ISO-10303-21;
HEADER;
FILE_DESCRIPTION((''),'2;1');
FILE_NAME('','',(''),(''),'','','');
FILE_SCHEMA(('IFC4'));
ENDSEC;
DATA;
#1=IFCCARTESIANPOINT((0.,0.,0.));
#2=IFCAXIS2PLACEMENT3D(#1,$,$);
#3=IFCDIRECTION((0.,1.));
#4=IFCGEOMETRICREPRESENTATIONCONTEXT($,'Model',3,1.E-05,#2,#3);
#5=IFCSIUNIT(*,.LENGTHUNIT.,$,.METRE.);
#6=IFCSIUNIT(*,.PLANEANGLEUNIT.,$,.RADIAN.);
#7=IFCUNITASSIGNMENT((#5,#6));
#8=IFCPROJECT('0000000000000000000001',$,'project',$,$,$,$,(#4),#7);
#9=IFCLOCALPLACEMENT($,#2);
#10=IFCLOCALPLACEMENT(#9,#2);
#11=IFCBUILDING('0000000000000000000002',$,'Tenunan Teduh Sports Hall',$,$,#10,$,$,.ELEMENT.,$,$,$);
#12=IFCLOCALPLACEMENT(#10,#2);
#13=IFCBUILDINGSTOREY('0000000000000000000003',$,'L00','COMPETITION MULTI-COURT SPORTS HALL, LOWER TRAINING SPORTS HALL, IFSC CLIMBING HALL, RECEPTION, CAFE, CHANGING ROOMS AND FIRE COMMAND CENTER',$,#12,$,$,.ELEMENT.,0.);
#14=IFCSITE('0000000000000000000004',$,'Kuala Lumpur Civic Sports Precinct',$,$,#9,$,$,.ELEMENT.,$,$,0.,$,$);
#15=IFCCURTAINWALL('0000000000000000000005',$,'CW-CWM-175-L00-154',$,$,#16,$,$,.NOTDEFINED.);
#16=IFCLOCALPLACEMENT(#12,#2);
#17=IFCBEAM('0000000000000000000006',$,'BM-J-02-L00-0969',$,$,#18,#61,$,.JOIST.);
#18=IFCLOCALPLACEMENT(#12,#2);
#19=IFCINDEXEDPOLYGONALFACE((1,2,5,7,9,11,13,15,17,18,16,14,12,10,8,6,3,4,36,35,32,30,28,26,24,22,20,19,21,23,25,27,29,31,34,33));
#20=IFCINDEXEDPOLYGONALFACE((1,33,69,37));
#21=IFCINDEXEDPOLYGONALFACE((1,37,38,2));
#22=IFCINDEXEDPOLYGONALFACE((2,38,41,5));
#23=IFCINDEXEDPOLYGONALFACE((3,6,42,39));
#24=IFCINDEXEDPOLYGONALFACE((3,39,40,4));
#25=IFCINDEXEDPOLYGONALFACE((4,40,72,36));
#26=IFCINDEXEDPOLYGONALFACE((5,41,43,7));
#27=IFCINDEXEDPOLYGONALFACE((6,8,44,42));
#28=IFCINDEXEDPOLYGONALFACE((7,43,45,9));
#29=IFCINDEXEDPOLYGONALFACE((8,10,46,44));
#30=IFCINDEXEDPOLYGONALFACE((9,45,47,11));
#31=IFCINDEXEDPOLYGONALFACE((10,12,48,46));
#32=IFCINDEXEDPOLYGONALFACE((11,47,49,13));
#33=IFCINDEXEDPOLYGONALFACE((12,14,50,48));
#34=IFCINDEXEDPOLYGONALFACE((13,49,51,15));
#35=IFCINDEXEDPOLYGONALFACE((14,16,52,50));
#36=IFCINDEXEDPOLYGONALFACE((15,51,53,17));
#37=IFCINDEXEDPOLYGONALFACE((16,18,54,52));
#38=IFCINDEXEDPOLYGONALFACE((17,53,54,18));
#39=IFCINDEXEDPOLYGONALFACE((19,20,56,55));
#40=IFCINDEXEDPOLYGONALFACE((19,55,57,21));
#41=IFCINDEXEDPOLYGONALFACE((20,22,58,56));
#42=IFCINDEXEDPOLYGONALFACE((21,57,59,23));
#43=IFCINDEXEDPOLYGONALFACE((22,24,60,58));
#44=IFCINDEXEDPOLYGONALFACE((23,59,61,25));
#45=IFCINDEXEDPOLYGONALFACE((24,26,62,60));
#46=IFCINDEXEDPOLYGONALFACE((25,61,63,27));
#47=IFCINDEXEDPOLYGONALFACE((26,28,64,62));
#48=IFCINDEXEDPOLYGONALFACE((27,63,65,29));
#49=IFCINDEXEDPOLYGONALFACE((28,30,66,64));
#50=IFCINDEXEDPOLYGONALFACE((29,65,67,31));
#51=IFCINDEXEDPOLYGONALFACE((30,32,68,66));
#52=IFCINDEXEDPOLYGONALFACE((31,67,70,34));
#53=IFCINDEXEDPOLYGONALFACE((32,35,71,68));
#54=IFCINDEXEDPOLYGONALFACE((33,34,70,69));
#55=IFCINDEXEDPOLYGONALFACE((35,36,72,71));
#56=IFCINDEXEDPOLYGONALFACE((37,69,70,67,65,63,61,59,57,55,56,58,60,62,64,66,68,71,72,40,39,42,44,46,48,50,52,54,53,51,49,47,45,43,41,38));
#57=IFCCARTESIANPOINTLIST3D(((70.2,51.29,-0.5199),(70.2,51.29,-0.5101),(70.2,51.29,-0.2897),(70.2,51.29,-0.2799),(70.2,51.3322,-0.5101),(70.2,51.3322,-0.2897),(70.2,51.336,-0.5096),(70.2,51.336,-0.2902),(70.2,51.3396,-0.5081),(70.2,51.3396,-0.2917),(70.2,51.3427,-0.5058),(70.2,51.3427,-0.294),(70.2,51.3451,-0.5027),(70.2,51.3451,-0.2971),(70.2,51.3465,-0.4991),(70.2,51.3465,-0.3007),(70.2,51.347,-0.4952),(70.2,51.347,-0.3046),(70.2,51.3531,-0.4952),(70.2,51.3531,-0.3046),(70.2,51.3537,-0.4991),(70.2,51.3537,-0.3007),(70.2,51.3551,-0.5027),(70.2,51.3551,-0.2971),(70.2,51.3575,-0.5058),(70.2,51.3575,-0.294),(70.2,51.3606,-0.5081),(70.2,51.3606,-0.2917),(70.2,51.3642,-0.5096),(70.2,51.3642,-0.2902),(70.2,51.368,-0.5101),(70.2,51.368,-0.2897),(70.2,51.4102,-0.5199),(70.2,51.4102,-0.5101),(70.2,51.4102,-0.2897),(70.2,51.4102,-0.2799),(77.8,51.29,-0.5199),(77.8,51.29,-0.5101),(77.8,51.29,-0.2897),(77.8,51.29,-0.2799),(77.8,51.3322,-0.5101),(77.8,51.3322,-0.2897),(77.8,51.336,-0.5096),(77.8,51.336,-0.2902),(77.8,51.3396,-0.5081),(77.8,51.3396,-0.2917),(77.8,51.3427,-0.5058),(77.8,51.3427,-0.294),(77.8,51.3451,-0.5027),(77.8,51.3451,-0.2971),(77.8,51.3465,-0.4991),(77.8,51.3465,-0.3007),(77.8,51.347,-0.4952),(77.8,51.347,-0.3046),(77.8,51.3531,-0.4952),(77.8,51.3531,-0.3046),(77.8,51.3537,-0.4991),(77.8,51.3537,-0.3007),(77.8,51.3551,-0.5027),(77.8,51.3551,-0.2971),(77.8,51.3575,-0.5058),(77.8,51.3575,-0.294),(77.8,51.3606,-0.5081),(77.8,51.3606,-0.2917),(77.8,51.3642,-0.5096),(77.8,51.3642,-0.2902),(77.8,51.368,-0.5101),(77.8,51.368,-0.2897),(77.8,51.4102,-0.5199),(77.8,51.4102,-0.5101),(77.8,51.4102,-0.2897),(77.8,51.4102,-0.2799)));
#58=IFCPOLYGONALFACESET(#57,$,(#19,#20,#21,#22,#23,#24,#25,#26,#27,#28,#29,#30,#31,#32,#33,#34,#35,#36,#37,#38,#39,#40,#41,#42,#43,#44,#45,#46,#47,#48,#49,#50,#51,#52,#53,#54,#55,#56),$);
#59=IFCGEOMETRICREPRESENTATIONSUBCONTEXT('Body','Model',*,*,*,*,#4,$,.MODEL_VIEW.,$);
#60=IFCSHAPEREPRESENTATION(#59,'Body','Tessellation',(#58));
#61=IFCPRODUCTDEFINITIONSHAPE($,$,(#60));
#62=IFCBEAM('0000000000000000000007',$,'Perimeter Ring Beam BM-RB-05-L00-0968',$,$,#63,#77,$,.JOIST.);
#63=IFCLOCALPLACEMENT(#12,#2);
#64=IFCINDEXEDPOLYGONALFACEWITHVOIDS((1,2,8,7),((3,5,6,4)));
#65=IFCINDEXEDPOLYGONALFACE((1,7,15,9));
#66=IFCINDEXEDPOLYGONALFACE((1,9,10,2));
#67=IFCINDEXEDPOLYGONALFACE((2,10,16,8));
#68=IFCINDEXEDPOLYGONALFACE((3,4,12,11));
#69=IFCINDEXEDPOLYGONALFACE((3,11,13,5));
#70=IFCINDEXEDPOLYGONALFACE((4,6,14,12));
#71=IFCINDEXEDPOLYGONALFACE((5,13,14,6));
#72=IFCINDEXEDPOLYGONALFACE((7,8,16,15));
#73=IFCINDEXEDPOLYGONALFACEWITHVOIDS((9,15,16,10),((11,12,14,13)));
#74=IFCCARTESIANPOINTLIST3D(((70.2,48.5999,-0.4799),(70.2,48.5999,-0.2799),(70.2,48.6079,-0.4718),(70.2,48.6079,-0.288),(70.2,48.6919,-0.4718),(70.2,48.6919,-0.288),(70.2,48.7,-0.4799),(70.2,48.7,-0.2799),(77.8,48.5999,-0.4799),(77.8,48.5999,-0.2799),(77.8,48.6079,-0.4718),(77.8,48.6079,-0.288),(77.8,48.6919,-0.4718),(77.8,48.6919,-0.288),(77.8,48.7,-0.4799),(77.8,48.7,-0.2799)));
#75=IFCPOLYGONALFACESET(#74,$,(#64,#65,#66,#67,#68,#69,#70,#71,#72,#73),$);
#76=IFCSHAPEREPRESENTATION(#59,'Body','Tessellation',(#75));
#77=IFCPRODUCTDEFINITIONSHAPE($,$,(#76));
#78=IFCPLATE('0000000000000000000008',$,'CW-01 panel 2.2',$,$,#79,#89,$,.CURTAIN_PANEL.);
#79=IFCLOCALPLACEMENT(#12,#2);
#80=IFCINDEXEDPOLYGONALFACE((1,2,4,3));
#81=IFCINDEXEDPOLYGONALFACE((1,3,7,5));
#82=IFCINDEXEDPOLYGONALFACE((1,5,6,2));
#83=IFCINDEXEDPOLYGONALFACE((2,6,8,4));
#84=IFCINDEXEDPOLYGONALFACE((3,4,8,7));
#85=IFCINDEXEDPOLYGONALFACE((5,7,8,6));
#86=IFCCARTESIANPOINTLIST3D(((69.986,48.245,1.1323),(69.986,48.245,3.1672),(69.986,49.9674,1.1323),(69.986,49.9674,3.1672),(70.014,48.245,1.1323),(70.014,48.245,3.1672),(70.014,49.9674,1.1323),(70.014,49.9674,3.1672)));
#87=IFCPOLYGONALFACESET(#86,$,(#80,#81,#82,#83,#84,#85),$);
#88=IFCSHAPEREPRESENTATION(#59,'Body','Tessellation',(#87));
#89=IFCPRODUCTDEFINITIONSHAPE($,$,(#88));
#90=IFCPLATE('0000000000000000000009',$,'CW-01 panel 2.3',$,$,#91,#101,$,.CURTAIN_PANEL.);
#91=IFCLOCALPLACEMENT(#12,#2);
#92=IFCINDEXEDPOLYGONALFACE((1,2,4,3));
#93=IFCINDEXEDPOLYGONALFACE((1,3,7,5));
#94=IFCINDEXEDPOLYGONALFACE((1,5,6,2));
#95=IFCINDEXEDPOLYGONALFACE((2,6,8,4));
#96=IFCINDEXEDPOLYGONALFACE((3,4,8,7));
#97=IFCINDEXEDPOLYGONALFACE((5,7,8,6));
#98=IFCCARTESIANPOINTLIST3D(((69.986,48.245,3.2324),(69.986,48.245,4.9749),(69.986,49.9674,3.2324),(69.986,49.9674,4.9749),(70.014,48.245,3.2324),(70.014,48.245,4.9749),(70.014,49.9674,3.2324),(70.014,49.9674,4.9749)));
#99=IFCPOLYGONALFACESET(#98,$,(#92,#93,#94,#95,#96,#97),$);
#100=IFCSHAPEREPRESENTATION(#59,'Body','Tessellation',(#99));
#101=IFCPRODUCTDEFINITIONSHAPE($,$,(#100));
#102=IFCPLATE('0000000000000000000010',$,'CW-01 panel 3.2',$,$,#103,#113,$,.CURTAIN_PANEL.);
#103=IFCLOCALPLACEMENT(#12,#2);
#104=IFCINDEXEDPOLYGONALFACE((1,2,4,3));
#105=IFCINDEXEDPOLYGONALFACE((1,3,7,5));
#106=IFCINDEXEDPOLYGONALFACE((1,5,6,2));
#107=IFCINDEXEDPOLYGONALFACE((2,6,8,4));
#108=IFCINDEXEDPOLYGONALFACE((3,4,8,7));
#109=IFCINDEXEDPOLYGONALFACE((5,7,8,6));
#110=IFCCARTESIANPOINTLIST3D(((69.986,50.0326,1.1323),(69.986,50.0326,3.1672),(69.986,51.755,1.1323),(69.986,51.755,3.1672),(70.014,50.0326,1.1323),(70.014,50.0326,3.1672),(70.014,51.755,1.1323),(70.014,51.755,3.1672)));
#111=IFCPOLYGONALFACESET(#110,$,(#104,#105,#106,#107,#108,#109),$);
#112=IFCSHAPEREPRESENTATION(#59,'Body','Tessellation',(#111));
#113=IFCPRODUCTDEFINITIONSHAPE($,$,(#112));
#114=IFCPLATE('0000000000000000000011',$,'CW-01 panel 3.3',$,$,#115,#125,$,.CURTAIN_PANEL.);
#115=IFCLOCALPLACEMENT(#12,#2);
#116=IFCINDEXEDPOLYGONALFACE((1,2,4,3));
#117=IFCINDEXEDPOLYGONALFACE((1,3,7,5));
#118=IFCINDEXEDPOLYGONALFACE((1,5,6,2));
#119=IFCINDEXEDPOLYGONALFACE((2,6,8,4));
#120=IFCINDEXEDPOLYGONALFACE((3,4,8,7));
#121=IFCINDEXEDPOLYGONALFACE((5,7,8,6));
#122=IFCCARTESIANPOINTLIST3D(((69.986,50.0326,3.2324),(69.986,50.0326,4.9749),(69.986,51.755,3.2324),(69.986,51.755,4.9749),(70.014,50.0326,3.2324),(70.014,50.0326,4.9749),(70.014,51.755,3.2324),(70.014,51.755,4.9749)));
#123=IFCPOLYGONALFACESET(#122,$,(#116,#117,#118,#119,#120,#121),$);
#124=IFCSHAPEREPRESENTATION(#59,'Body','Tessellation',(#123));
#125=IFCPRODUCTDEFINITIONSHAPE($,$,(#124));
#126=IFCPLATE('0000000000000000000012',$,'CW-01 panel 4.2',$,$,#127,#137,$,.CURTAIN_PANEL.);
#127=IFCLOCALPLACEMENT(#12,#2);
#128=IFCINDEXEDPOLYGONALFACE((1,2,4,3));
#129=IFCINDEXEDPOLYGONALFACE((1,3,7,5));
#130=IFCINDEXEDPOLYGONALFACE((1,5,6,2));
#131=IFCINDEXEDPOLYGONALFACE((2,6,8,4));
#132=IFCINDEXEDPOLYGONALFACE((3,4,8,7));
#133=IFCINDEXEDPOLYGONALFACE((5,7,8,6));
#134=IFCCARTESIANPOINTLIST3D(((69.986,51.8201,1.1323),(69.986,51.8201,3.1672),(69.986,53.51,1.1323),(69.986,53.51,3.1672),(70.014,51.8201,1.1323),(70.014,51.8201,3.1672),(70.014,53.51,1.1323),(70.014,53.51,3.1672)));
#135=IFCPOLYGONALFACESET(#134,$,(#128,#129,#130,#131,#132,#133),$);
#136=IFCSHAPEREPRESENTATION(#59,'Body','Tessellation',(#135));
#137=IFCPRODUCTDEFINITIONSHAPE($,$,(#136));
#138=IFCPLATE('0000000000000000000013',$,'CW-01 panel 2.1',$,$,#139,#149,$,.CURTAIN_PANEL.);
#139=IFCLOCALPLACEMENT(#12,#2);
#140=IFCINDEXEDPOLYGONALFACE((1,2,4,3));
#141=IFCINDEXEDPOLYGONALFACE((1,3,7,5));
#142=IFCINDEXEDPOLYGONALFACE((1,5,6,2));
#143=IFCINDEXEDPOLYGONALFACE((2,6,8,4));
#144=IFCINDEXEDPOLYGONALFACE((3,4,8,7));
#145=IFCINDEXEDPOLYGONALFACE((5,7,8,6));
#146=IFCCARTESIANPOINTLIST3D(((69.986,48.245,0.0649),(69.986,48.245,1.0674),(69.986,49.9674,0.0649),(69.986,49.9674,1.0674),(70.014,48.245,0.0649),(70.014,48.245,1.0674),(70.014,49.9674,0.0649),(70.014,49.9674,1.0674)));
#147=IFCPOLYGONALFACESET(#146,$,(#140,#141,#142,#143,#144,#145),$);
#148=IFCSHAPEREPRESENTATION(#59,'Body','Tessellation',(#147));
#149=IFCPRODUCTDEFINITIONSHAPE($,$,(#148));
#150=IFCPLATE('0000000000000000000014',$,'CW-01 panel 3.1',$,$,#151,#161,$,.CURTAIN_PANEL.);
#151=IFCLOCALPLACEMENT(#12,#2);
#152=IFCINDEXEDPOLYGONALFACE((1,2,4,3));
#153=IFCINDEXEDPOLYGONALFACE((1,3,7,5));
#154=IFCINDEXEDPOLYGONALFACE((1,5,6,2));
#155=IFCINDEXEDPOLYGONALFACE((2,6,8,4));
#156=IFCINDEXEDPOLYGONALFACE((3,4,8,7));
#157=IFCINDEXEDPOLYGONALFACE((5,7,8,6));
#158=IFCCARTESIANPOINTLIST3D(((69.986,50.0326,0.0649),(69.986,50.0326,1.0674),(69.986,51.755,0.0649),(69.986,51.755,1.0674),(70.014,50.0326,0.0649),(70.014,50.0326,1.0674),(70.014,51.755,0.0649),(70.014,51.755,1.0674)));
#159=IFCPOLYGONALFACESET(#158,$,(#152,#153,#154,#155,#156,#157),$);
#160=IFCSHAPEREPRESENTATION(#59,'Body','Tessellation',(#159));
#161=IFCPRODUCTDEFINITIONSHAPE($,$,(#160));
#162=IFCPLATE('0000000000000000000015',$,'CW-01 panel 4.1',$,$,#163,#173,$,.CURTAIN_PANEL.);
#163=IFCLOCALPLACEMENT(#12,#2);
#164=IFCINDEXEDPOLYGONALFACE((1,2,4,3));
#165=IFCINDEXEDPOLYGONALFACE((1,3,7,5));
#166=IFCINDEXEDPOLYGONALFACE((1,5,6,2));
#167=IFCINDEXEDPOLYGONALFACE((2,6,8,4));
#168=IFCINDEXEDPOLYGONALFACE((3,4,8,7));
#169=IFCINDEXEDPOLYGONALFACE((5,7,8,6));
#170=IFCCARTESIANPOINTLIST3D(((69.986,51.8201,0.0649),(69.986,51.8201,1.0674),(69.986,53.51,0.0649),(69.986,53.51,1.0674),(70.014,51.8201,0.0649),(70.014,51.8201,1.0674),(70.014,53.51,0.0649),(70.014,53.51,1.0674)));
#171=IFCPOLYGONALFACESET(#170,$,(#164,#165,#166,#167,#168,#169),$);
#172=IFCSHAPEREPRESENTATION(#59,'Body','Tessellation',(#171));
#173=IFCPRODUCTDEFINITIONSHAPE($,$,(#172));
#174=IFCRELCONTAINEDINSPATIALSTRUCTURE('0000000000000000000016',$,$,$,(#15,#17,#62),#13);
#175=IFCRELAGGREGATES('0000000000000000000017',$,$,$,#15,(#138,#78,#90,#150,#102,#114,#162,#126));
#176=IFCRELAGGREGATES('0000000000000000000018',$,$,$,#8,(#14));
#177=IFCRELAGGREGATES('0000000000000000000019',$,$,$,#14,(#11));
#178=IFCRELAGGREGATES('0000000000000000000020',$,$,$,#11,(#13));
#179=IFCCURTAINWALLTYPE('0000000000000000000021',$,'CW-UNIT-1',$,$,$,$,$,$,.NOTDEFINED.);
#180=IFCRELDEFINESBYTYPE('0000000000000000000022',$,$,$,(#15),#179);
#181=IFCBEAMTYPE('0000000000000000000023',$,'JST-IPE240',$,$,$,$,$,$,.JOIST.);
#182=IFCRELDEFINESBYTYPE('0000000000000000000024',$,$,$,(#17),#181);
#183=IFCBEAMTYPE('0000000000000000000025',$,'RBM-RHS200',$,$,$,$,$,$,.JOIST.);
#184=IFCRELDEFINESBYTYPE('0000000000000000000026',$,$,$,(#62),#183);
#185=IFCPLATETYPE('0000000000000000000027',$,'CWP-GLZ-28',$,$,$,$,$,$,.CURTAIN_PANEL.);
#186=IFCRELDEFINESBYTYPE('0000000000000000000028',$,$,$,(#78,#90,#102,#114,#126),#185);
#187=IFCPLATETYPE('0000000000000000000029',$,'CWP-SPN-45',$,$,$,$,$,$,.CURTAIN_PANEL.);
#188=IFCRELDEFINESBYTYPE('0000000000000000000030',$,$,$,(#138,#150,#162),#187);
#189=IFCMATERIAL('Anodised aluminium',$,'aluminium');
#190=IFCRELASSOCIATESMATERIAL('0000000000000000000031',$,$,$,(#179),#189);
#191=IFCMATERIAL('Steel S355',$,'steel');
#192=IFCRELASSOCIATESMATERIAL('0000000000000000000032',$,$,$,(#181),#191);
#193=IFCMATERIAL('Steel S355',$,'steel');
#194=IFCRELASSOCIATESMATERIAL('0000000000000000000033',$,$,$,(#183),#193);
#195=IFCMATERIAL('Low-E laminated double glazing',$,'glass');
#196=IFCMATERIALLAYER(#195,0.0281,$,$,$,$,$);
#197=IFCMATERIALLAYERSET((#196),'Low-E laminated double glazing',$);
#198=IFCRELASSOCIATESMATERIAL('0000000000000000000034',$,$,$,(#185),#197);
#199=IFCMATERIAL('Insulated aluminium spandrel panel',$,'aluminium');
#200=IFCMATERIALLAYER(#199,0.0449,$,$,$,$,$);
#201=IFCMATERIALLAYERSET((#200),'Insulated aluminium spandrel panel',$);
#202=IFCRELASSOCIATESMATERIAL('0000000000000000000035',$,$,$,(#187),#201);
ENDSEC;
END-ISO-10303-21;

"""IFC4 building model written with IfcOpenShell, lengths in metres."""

from ifc_helpers import new_model, si_unit, direction, frame, origin, origin_2d, place, context, subcontext, project, spatial, rectangle, hollow_rectangle, i_section, extrude, material, layer, layer_set, material_profile, profile_set, type_object, element, aggregate, save


model = new_model("IFC4")

# Units and contexts
model_context = context("Model", 3, precision=1e-05, world=origin(), true_north=direction((0.0, 1.0)))
body_context = subcontext(model_context, "Body", "Model", "MODEL_VIEW")
ifc_project = project(units=[si_unit("LENGTHUNIT", "METRE"), si_unit("PLANEANGLEUNIT", "RADIAN")], contexts=[model_context])

# Site, building, storey
site_placement = place(None, origin())
site = spatial("IfcSite", under=ifc_project, at=site_placement, Name="Kuala Lumpur Civic Sports Precinct", CompositionType="ELEMENT", RefElevation=0.0)
building_placement = place(site_placement, origin())
building = spatial("IfcBuilding", under=site, at=building_placement, Name="Tenunan Teduh Sports Hall", CompositionType="ELEMENT")
storey_placement = place(building_placement, origin())
storey = spatial("IfcBuildingStorey", under=building, at=storey_placement, Name="L00", Description="COMPETITION MULTI-COURT SPORTS HALL, LOWER TRAINING SPORTS HALL, IFSC CLIMBING HALL, RECEPTION, CAFE, CHANGING ROOMS AND FIRE COMMAND CENTER", CompositionType="ELEMENT", Elevation=0.0)

# Curtain wall
ifc_material_1 = material(Name="Anodised aluminium", Category="aluminium")
curtain_wall_type = type_object("IfcCurtainWallType", Name="CW-UNIT-1", PredefinedType="NOTDEFINED", material=ifc_material_1)
curtain_wall_placement = place(storey_placement, origin())
curtain_wall = element("IfcCurtainWall", 1, at=curtain_wall_placement, inside=storey, type_object=curtain_wall_type, Name="CW-CWM-175-L00-154", PredefinedType="NOTDEFINED")

# Beams
ifc_material_2 = material(Name="Steel S355", Category="steel")
ifc_material_profile_1 = material_profile(ifc_material_2, i_section(OverallWidth=0.1201, OverallDepth=0.24, WebThickness=0.0061, FlangeThickness=0.0098, FilletRadius=0.0149, at=origin_2d()), Name="IPE 240")
ifc_profile_set_1 = profile_set([ifc_material_profile_1], Name="Steel S355")
beam_type_1 = type_object("IfcBeamType", Name="JST-IPE240", PredefinedType="JOIST", material=ifc_profile_set_1)
beam_1_placement = place(storey_placement, frame((70.2, 51.3501, -0.3999), z_axis=(1.0, 0.0, 0.0), x_axis=(0.0, 1.0, 0.0)))
element("IfcBeam", 2, at=beam_1_placement, inside=storey, type_object=beam_type_1, Name="BM-J-02-L00-0969", PredefinedType="JOIST", context=body_context, shape_type="SweptSolid", body=[
    extrude(i_section(OverallWidth=0.1201, OverallDepth=0.24, WebThickness=0.0061, FlangeThickness=0.0098, FilletRadius=0.0149, at=origin_2d()), origin(), (0.0, 0.0, 1.0), 7.6001),
])
ifc_material_3 = material(Name="Steel S355", Category="steel")
ifc_material_profile_2 = material_profile(ifc_material_3, hollow_rectangle(XDim=0.1001, YDim=0.2, WallThickness=0.0081, at=origin_2d()), Name="RHS 200x100x8.0")
ifc_profile_set_2 = profile_set([ifc_material_profile_2], Name="Steel S355")
beam_type_2 = type_object("IfcBeamType", Name="RBM-RHS200", PredefinedType="JOIST", material=ifc_profile_set_2)
beam_2_placement = place(storey_placement, frame((70.2, 48.6499, -0.3799), z_axis=(1.0, 0.0, 0.0), x_axis=(0.0, 1.0, 0.0)))
element("IfcBeam", 3, at=beam_2_placement, inside=storey, type_object=beam_type_2, Name="Perimeter Ring Beam BM-RB-05-L00-0968", PredefinedType="JOIST", context=body_context, shape_type="SweptSolid", body=[
    extrude(hollow_rectangle(XDim=0.1001, YDim=0.2, WallThickness=0.0081, at=origin_2d()), origin(), (0.0, 0.0, 1.0), 7.6001),
])

# Plates
ifc_material_4 = material(Name="Low-E laminated double glazing", Category="glass")
ifc_layer_1 = layer(ifc_material_4, 0.0281)
ifc_layer_set_1 = layer_set([ifc_layer_1], Name="Low-E laminated double glazing")
plate_type_1 = type_object("IfcPlateType", Name="CWP-GLZ-28", PredefinedType="CURTAIN_PANEL", material=ifc_layer_set_1)
plate_1_placement = place(storey_placement, frame((70.0, 49.1062, 1.1323), z_axis=(0.0, 0.0, 1.0), x_axis=(0.0, 1.0, 0.0)))
plate_1 = element("IfcPlate", 4, at=plate_1_placement, type_object=plate_type_1, Name="CW-01 panel 2.2", PredefinedType="CURTAIN_PANEL", context=body_context, shape_type="SweptSolid", body=[
    extrude(rectangle(XDim=1.7224, YDim=0.0281, at=origin_2d()), origin(), (0.0, 0.0, 1.0), 2.0349),
])
plate_2_placement = place(storey_placement, frame((70.0, 49.1062, 3.2324), z_axis=(0.0, 0.0, 1.0), x_axis=(0.0, 1.0, 0.0)))
plate_2 = element("IfcPlate", 5, at=plate_2_placement, type_object=plate_type_1, Name="CW-01 panel 2.3", PredefinedType="CURTAIN_PANEL", context=body_context, shape_type="SweptSolid", body=[
    extrude(rectangle(XDim=1.7224, YDim=0.0281, at=origin_2d()), origin(), (0.0, 0.0, 1.0), 1.7424),
])
plate_3_placement = place(storey_placement, frame((70.0, 50.8938, 1.1323), z_axis=(0.0, 0.0, 1.0), x_axis=(0.0, 1.0, 0.0)))
plate_3 = element("IfcPlate", 6, at=plate_3_placement, type_object=plate_type_1, Name="CW-01 panel 3.2", PredefinedType="CURTAIN_PANEL", context=body_context, shape_type="SweptSolid", body=[
    extrude(rectangle(XDim=1.7224, YDim=0.0281, at=origin_2d()), origin(), (0.0, 0.0, 1.0), 2.0349),
])
plate_4_placement = place(storey_placement, frame((70.0, 50.8938, 3.2324), z_axis=(0.0, 0.0, 1.0), x_axis=(0.0, 1.0, 0.0)))
plate_4 = element("IfcPlate", 7, at=plate_4_placement, type_object=plate_type_1, Name="CW-01 panel 3.3", PredefinedType="CURTAIN_PANEL", context=body_context, shape_type="SweptSolid", body=[
    extrude(rectangle(XDim=1.7224, YDim=0.0281, at=origin_2d()), origin(), (0.0, 0.0, 1.0), 1.7424),
])
plate_5_placement = place(storey_placement, frame((70.0, 52.665, 1.1323), z_axis=(0.0, 0.0, 1.0), x_axis=(0.0, 1.0, 0.0)))
plate_5 = element("IfcPlate", 8, at=plate_5_placement, type_object=plate_type_1, Name="CW-01 panel 4.2", PredefinedType="CURTAIN_PANEL", context=body_context, shape_type="SweptSolid", body=[
    extrude(rectangle(XDim=1.6899, YDim=0.0281, at=origin_2d()), origin(), (0.0, 0.0, 1.0), 2.0349),
])
ifc_material_5 = material(Name="Insulated aluminium spandrel panel", Category="aluminium")
ifc_layer_2 = layer(ifc_material_5, 0.0449)
ifc_layer_set_2 = layer_set([ifc_layer_2], Name="Insulated aluminium spandrel panel")
plate_type_2 = type_object("IfcPlateType", Name="CWP-SPN-45", PredefinedType="CURTAIN_PANEL", material=ifc_layer_set_2)
plate_6_placement = place(storey_placement, frame((70.0, 49.1062, 0.0649), z_axis=(0.0, 0.0, 1.0), x_axis=(0.0, 1.0, 0.0)))
plate_6 = element("IfcPlate", 9, at=plate_6_placement, type_object=plate_type_2, Name="CW-01 panel 2.1", PredefinedType="CURTAIN_PANEL", context=body_context, shape_type="SweptSolid", body=[
    extrude(rectangle(XDim=1.7224, YDim=0.0281, at=origin_2d()), origin(), (0.0, 0.0, 1.0), 1.0024),
])
plate_7_placement = place(storey_placement, frame((70.0, 50.8938, 0.0649), z_axis=(0.0, 0.0, 1.0), x_axis=(0.0, 1.0, 0.0)))
plate_7 = element("IfcPlate", 10, at=plate_7_placement, type_object=plate_type_2, Name="CW-01 panel 3.1", PredefinedType="CURTAIN_PANEL", context=body_context, shape_type="SweptSolid", body=[
    extrude(rectangle(XDim=1.7224, YDim=0.0281, at=origin_2d()), origin(), (0.0, 0.0, 1.0), 1.0024),
])
plate_8_placement = place(storey_placement, frame((70.0, 52.665, 0.0649), z_axis=(0.0, 0.0, 1.0), x_axis=(0.0, 1.0, 0.0)))
plate_8 = element("IfcPlate", 11, at=plate_8_placement, type_object=plate_type_2, Name="CW-01 panel 4.1", PredefinedType="CURTAIN_PANEL", context=body_context, shape_type="SweptSolid", body=[
    extrude(rectangle(XDim=1.6899, YDim=0.0281, at=origin_2d()), origin(), (0.0, 0.0, 1.0), 1.0024),
])
aggregate(curtain_wall, [plate_6, plate_1, plate_2, plate_7, plate_3, plate_4, plate_8, plate_5])

save(model, "model.ifc")
